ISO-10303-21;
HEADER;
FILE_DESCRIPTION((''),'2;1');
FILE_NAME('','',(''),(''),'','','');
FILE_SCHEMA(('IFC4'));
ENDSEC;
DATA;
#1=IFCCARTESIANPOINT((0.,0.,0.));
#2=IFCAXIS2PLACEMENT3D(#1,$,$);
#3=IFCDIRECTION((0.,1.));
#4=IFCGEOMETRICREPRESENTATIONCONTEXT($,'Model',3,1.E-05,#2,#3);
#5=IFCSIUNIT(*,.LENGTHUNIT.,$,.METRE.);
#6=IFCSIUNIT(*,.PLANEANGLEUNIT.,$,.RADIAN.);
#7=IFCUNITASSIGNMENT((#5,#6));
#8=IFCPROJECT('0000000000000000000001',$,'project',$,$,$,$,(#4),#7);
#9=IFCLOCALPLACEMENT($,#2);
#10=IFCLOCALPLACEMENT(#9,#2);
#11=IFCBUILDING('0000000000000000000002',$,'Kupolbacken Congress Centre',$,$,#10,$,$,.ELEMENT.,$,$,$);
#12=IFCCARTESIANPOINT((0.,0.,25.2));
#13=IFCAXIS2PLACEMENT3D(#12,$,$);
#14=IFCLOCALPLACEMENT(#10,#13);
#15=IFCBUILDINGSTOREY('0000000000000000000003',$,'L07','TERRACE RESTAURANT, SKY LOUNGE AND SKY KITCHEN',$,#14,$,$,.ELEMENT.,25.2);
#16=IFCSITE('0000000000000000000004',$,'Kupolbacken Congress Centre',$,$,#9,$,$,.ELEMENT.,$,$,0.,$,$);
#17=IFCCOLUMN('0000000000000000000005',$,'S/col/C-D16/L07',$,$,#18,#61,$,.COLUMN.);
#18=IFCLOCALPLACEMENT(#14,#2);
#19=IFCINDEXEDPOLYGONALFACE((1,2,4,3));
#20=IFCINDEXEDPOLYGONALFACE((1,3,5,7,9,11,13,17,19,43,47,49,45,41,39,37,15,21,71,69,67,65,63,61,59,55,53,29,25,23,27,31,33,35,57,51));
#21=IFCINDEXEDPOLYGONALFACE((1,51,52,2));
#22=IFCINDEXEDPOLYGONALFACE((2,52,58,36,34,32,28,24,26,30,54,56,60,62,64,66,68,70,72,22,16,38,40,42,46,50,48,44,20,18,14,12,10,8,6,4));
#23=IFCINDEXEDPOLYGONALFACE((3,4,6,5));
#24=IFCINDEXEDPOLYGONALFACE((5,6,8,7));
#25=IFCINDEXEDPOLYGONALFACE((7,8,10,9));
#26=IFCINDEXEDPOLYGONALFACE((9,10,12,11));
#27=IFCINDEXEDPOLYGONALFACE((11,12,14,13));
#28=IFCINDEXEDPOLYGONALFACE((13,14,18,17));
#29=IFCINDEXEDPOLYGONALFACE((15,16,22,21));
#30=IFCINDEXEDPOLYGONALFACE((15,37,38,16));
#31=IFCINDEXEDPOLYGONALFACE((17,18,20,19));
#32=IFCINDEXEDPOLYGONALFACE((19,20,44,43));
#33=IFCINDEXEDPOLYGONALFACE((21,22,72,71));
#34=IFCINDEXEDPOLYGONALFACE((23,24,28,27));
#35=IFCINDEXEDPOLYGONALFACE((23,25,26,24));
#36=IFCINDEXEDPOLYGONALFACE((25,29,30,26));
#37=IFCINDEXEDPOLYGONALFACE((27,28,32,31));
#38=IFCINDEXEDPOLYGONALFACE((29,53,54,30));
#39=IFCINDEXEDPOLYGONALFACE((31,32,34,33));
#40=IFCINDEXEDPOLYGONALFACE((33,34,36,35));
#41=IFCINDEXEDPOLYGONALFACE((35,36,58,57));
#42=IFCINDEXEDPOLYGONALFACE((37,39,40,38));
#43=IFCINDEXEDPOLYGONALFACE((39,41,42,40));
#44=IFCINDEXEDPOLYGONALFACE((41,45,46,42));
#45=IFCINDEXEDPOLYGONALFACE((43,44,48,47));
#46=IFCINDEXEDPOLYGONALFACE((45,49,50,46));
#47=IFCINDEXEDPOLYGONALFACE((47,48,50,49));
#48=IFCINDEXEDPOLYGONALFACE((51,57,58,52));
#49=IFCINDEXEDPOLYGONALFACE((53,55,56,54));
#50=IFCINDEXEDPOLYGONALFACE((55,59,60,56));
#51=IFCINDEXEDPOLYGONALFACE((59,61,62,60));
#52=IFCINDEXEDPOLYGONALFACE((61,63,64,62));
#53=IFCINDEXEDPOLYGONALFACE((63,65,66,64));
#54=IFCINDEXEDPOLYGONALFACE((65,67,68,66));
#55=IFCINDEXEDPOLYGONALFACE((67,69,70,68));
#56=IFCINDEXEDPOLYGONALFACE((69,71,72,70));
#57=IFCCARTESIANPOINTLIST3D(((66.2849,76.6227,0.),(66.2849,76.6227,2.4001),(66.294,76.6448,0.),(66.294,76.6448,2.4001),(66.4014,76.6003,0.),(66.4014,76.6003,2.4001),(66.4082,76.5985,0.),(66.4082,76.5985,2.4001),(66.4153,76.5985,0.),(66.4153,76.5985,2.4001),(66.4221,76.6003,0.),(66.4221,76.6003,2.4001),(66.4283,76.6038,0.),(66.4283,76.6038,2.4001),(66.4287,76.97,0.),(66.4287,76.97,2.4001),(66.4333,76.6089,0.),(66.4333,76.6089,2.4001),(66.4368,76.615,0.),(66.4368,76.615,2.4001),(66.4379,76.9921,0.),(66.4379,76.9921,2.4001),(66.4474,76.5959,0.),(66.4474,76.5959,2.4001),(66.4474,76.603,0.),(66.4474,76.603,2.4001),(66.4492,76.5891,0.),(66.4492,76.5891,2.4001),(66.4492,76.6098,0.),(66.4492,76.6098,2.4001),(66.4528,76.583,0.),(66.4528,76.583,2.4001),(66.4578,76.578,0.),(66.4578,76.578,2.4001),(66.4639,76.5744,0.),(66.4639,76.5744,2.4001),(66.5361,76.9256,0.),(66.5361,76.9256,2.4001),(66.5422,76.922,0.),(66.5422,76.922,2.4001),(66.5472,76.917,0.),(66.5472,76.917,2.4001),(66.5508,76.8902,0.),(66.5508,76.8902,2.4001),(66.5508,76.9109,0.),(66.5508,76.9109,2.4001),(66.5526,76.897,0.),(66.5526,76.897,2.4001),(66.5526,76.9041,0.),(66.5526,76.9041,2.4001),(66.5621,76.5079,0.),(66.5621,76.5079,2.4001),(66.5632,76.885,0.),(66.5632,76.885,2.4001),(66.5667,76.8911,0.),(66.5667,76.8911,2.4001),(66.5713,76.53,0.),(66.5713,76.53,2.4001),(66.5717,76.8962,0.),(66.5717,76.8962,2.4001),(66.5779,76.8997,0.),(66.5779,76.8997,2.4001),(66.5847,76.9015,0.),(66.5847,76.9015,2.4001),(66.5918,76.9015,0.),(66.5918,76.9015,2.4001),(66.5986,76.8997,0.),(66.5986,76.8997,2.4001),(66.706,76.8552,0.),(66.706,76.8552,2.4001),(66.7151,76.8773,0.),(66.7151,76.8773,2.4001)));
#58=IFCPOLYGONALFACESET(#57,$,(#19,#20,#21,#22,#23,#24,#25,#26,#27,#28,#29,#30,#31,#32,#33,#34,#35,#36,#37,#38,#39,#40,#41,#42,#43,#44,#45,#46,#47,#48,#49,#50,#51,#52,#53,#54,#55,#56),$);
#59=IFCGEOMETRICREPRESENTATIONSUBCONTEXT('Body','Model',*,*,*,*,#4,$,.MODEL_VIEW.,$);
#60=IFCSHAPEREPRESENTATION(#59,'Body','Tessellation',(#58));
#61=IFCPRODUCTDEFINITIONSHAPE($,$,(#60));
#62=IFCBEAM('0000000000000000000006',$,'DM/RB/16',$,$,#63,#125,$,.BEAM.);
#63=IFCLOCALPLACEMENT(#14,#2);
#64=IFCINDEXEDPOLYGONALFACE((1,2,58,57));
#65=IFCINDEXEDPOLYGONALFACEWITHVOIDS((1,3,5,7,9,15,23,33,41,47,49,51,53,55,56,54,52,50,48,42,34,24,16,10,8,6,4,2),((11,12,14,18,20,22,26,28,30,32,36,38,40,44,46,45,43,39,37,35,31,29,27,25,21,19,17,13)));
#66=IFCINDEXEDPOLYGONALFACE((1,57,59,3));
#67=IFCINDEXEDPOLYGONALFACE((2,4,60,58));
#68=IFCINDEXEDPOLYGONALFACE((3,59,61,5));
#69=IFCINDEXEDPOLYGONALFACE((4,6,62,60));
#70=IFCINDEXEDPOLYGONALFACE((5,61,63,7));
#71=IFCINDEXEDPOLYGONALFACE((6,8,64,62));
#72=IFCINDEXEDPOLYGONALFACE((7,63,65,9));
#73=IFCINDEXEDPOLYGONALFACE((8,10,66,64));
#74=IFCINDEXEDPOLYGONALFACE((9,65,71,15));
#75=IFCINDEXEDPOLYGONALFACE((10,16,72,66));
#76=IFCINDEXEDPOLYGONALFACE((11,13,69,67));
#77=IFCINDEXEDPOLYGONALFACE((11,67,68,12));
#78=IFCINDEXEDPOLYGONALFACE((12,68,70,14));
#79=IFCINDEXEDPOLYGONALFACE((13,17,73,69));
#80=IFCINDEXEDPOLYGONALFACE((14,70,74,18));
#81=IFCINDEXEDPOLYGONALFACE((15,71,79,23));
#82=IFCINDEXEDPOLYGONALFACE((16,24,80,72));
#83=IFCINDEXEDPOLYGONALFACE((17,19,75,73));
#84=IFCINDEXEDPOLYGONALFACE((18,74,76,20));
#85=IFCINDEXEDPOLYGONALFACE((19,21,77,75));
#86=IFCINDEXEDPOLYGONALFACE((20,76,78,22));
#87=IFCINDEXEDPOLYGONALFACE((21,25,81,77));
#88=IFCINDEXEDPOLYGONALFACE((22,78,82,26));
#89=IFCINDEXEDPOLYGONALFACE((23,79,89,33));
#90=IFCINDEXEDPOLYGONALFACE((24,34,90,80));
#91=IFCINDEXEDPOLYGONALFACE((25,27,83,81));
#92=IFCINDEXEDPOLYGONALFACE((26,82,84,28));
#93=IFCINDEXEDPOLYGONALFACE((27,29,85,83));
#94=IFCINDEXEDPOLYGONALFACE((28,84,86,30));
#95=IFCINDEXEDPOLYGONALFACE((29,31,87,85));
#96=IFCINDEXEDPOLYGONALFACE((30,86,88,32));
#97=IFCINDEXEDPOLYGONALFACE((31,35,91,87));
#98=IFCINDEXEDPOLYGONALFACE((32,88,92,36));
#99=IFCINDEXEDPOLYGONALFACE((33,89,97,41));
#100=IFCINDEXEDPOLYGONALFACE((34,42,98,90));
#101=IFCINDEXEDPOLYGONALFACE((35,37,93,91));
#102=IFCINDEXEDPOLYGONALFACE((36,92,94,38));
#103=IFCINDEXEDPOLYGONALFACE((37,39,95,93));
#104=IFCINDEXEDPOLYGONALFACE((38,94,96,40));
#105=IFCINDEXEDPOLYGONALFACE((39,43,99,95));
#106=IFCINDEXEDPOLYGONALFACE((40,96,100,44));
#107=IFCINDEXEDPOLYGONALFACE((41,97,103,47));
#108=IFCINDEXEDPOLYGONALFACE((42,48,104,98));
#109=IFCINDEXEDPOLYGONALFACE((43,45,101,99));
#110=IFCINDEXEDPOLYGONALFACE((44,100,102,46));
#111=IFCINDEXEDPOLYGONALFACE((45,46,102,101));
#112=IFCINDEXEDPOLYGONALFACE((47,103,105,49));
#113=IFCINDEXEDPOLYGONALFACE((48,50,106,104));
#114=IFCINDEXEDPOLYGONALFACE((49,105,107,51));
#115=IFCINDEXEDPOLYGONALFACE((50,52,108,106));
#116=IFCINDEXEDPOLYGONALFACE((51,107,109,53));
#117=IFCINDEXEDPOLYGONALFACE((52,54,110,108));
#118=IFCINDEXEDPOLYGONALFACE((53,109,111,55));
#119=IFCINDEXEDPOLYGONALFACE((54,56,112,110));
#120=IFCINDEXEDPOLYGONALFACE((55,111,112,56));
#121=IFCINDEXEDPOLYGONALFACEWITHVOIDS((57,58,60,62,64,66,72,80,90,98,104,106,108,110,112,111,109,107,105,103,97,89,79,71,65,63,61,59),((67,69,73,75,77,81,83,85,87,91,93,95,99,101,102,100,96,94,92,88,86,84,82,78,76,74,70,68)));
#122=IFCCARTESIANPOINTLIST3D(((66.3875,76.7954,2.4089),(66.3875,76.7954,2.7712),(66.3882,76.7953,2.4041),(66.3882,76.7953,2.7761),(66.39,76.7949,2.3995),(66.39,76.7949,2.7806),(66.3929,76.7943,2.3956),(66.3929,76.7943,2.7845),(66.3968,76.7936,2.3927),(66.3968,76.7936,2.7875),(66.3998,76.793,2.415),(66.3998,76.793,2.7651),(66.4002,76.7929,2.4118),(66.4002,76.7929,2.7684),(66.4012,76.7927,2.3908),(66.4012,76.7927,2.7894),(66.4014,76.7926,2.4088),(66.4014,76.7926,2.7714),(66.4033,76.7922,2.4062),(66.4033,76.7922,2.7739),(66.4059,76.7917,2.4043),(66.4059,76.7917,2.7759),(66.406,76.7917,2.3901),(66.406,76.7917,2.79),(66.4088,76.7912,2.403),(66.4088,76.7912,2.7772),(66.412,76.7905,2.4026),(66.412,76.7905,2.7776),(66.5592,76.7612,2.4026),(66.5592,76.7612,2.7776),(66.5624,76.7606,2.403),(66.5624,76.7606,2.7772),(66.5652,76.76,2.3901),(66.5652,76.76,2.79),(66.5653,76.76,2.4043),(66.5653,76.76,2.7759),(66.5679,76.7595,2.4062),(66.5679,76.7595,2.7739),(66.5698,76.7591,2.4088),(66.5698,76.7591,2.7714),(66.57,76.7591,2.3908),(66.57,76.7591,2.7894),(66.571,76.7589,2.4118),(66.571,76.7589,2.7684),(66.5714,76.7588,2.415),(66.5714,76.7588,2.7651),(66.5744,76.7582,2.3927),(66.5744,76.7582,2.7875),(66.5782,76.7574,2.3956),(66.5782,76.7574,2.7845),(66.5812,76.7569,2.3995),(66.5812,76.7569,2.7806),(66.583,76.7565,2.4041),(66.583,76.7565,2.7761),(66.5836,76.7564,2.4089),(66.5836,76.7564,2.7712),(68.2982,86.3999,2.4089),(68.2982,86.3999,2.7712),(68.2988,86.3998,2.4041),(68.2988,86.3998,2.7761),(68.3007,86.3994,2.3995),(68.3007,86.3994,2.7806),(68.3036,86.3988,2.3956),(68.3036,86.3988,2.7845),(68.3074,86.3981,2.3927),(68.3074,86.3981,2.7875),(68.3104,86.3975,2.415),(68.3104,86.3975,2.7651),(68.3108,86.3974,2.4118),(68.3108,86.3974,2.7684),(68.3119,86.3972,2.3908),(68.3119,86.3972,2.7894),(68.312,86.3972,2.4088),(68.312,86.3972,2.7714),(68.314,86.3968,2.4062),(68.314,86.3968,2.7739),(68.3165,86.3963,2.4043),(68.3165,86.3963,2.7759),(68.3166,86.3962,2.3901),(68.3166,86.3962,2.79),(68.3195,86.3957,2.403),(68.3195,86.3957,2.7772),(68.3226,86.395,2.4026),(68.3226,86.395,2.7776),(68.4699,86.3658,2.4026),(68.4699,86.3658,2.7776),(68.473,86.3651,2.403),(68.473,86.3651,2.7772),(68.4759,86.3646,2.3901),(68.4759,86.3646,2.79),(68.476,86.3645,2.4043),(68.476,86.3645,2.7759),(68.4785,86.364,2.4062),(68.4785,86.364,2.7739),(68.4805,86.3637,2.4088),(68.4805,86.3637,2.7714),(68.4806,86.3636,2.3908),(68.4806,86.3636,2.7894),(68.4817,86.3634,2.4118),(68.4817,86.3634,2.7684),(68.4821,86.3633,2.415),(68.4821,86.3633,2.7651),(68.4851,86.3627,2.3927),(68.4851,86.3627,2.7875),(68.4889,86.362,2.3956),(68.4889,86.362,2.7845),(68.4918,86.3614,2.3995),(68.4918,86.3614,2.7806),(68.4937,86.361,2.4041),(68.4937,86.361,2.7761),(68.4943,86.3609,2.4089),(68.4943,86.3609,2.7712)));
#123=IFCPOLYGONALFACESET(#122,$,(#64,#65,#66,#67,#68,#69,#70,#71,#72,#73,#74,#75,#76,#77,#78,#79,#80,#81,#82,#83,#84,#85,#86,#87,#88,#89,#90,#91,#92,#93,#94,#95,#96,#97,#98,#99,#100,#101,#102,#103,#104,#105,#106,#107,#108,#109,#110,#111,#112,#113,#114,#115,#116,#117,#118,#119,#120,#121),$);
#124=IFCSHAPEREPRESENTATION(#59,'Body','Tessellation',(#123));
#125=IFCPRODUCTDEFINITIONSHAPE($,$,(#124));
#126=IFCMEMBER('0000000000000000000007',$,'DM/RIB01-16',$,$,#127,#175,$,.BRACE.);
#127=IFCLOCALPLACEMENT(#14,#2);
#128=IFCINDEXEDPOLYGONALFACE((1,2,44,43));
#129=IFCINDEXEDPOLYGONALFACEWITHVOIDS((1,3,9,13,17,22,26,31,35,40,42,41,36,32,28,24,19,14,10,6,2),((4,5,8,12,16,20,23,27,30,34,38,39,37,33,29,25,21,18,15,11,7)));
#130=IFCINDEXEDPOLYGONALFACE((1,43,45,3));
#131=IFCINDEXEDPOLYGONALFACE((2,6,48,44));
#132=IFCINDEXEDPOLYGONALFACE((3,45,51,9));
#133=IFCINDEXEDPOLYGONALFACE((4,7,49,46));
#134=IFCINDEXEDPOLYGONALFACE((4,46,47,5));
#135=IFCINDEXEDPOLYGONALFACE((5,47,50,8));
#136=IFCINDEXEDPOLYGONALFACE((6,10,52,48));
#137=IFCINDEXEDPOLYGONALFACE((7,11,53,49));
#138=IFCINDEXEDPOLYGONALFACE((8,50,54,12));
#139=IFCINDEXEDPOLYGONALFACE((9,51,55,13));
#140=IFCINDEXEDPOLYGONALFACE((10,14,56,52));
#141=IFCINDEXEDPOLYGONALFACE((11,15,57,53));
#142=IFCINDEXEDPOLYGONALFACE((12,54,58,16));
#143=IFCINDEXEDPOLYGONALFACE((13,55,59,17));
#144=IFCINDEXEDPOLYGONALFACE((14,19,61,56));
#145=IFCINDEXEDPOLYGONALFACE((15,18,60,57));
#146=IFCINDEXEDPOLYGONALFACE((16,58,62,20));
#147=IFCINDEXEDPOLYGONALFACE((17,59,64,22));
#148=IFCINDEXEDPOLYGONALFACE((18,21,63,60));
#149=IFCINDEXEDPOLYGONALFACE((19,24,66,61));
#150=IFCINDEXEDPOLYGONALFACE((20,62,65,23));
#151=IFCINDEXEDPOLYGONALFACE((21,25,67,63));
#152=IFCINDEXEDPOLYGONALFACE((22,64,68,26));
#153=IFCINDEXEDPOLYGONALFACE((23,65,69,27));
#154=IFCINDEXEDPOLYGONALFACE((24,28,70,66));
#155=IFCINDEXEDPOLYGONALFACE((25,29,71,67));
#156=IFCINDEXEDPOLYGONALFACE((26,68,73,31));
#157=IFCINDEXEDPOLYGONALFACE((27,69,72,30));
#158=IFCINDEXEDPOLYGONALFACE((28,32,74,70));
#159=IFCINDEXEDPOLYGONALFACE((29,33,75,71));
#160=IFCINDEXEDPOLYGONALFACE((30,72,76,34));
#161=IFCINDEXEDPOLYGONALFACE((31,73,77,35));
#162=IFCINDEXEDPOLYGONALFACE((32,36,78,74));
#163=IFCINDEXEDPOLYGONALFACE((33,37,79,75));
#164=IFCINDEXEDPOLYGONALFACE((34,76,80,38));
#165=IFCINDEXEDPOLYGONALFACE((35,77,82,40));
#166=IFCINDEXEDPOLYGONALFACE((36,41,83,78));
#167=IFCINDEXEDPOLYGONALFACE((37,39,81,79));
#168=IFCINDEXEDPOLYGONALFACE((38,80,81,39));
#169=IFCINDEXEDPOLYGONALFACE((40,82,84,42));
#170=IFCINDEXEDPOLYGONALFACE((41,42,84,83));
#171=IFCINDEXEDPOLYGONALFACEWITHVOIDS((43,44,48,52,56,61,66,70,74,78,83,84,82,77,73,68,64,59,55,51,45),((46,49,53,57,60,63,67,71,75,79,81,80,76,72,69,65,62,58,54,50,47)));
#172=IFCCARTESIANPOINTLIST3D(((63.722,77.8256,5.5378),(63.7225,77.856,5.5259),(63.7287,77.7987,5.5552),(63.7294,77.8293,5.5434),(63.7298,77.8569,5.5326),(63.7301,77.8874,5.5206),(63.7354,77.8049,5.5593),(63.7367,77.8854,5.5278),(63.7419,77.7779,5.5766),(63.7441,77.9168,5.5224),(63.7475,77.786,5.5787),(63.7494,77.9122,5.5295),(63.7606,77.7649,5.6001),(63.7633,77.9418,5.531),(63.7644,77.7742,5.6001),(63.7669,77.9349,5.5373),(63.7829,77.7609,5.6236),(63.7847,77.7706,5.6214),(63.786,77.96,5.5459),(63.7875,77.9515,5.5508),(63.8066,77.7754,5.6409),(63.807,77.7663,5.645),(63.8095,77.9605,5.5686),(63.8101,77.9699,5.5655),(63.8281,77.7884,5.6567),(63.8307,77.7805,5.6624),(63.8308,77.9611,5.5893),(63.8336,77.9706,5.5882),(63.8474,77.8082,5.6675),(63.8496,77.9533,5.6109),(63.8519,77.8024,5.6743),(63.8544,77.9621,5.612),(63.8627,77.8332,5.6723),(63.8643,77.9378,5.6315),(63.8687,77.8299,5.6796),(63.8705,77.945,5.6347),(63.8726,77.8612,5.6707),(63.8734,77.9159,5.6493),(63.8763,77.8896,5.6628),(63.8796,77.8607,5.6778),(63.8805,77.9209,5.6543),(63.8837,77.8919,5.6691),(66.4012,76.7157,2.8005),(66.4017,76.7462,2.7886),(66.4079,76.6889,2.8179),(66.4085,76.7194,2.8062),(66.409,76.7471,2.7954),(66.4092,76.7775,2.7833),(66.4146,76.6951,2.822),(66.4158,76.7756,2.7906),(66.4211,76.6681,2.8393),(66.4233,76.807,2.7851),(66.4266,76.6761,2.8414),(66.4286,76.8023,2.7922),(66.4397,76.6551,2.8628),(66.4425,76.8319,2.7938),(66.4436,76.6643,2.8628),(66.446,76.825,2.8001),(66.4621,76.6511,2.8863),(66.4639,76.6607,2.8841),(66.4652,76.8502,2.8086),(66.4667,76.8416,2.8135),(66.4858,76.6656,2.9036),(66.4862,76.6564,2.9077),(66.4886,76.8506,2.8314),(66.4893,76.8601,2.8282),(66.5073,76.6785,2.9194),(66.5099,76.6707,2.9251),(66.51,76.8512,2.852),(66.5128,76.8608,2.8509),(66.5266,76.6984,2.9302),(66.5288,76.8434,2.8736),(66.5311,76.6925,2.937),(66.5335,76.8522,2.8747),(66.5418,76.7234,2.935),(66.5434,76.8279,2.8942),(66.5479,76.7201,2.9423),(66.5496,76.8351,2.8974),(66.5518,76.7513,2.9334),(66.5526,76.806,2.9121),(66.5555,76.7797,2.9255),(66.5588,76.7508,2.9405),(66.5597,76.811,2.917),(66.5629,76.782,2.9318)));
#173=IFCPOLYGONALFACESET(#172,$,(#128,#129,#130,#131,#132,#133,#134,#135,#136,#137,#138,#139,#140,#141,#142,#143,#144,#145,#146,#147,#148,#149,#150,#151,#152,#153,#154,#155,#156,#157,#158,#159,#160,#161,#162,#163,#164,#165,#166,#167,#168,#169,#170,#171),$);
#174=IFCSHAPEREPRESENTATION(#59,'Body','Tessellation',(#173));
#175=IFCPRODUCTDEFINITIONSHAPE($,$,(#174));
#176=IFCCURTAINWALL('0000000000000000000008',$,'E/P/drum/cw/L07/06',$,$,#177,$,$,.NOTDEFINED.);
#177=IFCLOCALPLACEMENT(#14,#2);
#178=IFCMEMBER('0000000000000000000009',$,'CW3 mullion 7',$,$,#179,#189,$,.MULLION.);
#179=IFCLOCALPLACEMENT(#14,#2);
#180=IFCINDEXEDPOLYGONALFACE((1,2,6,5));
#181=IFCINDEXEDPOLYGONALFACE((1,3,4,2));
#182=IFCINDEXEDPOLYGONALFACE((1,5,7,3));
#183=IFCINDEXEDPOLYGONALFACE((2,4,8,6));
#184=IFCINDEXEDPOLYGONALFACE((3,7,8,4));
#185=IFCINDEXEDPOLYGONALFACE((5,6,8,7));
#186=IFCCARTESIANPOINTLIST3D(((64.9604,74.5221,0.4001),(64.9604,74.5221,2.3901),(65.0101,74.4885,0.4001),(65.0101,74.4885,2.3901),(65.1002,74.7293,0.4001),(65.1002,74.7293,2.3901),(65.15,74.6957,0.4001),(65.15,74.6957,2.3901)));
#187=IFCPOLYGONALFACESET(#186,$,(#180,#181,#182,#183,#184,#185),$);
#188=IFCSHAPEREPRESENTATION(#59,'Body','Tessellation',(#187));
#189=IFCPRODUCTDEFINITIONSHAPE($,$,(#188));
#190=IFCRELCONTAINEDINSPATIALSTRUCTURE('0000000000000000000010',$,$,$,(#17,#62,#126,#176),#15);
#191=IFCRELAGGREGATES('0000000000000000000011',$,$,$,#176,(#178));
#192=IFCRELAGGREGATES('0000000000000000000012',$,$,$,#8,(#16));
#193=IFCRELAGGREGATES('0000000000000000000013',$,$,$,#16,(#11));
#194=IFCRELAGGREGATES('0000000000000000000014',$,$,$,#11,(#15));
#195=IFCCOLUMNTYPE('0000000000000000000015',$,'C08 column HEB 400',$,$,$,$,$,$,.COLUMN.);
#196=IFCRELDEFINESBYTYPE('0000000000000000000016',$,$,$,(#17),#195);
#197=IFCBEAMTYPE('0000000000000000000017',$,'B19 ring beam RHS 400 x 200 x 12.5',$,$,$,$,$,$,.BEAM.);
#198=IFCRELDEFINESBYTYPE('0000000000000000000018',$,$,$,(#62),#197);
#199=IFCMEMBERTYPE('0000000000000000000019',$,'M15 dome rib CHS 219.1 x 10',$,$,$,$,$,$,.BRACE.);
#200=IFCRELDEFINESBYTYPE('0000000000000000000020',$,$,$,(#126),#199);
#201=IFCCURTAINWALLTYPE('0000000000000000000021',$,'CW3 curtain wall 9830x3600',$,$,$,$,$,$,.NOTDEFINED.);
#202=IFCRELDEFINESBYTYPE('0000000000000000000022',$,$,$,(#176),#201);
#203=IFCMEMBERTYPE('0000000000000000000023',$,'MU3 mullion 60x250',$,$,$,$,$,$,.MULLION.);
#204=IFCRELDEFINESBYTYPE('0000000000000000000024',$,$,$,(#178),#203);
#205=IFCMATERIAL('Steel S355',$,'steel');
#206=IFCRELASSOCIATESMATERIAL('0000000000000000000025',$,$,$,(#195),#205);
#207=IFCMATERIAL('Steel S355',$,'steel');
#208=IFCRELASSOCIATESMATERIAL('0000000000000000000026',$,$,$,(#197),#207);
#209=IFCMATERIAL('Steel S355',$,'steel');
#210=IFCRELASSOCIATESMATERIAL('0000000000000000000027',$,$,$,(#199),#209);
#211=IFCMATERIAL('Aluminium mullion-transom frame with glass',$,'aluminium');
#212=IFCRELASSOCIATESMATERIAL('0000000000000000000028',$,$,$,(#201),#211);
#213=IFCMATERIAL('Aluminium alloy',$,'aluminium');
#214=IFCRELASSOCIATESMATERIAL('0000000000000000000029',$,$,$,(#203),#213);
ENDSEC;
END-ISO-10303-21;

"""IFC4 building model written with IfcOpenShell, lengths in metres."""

from ifc_helpers import new_model, si_unit, direction, frame, origin, origin_2d, place, context, subcontext, project, spatial, rectangle, hollow_rectangle, hollow_circle, i_section, extrude, material, material_profile, profile_set, type_object, element, aggregate, save


model = new_model("IFC4")

# Units and contexts
model_context = context("Model", 3, precision=1e-05, world=origin(), true_north=direction((0.0, 1.0)))
body_context = subcontext(model_context, "Body", "Model", "MODEL_VIEW")
ifc_project = project(units=[si_unit("LENGTHUNIT", "METRE"), si_unit("PLANEANGLEUNIT", "RADIAN")], contexts=[model_context])

# Site, building, storey
site_placement = place(None, origin())
site = spatial("IfcSite", under=ifc_project, at=site_placement, Name="Kupolbacken Congress Centre", CompositionType="ELEMENT", RefElevation=0.0)
building_placement = place(site_placement, origin())
building = spatial("IfcBuilding", under=site, at=building_placement, Name="Kupolbacken Congress Centre", CompositionType="ELEMENT")
storey_placement = place(building_placement, frame((0.0, 0.0, 25.2)))
storey = spatial("IfcBuildingStorey", under=building, at=storey_placement, Name="L07", Description="TERRACE RESTAURANT, SKY LOUNGE AND SKY KITCHEN", CompositionType="ELEMENT", Elevation=25.2)

# Column
ifc_material_1 = material(Name="Steel S355", Category="steel")
ifc_material_profile_1 = material_profile(ifc_material_1, i_section(OverallWidth=0.3, OverallDepth=0.3999, WebThickness=0.0134, FlangeThickness=0.0239, FilletRadius=0.0271, at=origin_2d()), Name="HEB 400")
ifc_profile_set_1 = profile_set([ifc_material_profile_1], Name="Steel S355")
column_type = type_object("IfcColumnType", Name="C08 column HEB 400", PredefinedType="COLUMN", material=ifc_profile_set_1)
column_placement = place(storey_placement, frame((66.5, 76.75, 0.0), z_axis=(0.0, 0.0, 1.0), x_axis=(0.923896, -0.382644, 0.0)))
element("IfcColumn", 1, at=column_placement, inside=storey, type_object=column_type, Name="S/col/C-D16/L07", PredefinedType="COLUMN", context=body_context, shape_type="SweptSolid", body=[
    extrude(i_section(OverallWidth=0.3, OverallDepth=0.3999, WebThickness=0.0134, FlangeThickness=0.0239, FilletRadius=0.0271, at=origin_2d()), origin(), (0.0, 0.0, 1.0), 2.4001),
])

# Beam
ifc_material_2 = material(Name="Steel S355", Category="steel")
ifc_material_profile_2 = material_profile(ifc_material_2, hollow_rectangle(XDim=0.2, YDim=0.3999, WallThickness=0.0125, InnerFilletRadius=0.0125, OuterFilletRadius=0.0188, at=origin_2d()), Name="RHS 400 x 200 x 12.5")
ifc_profile_set_2 = profile_set([ifc_material_profile_2], Name="Steel S355")
beam_type = type_object("IfcBeamType", Name="B19 ring beam RHS 400 x 200 x 12.5", PredefinedType="BEAM", material=ifc_profile_set_2)
beam_placement = place(storey_placement, frame((66.4856, 76.7759, 2.5901), z_axis=(0.195109, 0.980782, 0.0), x_axis=(-0.980782, 0.195109, 0.0)))
element("IfcBeam", 2, at=beam_placement, inside=storey, type_object=beam_type, Name="DM/RB/16", PredefinedType="BEAM", context=body_context, shape_type="SweptSolid", body=[
    extrude(hollow_rectangle(XDim=0.2, YDim=0.3999, WallThickness=0.0125, InnerFilletRadius=0.0125, OuterFilletRadius=0.0188, at=origin_2d()), origin(), (0.0, 0.0, 1.0), 9.7927),
])

# Member
ifc_material_3 = material(Name="Steel S355", Category="steel")
ifc_material_profile_3 = material_profile(ifc_material_3, hollow_circle(Radius=0.1096, WallThickness=0.01, at=origin_2d()), Name="CHS 219.1 x 10")
ifc_profile_set_3 = profile_set([ifc_material_profile_3], Name="Steel S355")
member_type_1 = type_object("IfcMemberType", Name="M15 dome rib CHS 219.1 x 10", PredefinedType="BRACE", material=ifc_profile_set_3)
member_1_placement = place(storey_placement, frame((66.4817, 76.7563, 2.8628), z_axis=(-0.671845, 0.278313, 0.686416), x_axis=(-0.382714, -0.923867, 0.0)))
element("IfcMember", 3, at=member_1_placement, inside=storey, type_object=member_type_1, Name="DM/RIB01-16", PredefinedType="BRACE", context=body_context, shape_type="SweptSolid", body=[
    extrude(hollow_circle(Radius=0.1096, WallThickness=0.01, at=origin_2d()), origin(), (0.0, 0.0, 1.0), 3.9878),
])

# Curtain wall, member
ifc_material_4 = material(Name="Aluminium mullion-transom frame with glass", Category="aluminium")
curtain_wall_type = type_object("IfcCurtainWallType", Name="CW3 curtain wall 9830x3600", PredefinedType="NOTDEFINED", material=ifc_material_4)
curtain_wall_1_placement = place(storey_placement, origin())
curtain_wall_1 = element("IfcCurtainWall", 4, at=curtain_wall_1_placement, inside=storey, type_object=curtain_wall_type, Name="E/P/drum/cw/L07/06", PredefinedType="NOTDEFINED")
ifc_material_5 = material(Name="Aluminium alloy", Category="aluminium")
ifc_material_profile_4 = material_profile(ifc_material_5, rectangle(XDim=0.0601, YDim=0.25, at=origin_2d()), Name="60 x 250")
ifc_profile_set_4 = profile_set([ifc_material_profile_4], Name="Aluminium alloy")
member_type_2 = type_object("IfcMemberType", Name="MU3 mullion 60x250", PredefinedType="MULLION", material=ifc_profile_set_4)
member_2_placement = place(storey_placement, frame((65.0552, 74.6089, 0.4001), z_axis=(0.0, 0.0, 1.0), x_axis=(-0.828908, 0.559386, 0.0)))
member_2 = element("IfcMember", 5, at=member_2_placement, type_object=member_type_2, Name="CW3 mullion 7", PredefinedType="MULLION", context=body_context, shape_type="SweptSolid", body=[
    extrude(rectangle(XDim=0.0601, YDim=0.25, at=origin_2d()), origin(), (0.0, 0.0, 1.0), 1.99),
])

aggregate(curtain_wall_1, [member_2])

save(model, "model.ifc")
